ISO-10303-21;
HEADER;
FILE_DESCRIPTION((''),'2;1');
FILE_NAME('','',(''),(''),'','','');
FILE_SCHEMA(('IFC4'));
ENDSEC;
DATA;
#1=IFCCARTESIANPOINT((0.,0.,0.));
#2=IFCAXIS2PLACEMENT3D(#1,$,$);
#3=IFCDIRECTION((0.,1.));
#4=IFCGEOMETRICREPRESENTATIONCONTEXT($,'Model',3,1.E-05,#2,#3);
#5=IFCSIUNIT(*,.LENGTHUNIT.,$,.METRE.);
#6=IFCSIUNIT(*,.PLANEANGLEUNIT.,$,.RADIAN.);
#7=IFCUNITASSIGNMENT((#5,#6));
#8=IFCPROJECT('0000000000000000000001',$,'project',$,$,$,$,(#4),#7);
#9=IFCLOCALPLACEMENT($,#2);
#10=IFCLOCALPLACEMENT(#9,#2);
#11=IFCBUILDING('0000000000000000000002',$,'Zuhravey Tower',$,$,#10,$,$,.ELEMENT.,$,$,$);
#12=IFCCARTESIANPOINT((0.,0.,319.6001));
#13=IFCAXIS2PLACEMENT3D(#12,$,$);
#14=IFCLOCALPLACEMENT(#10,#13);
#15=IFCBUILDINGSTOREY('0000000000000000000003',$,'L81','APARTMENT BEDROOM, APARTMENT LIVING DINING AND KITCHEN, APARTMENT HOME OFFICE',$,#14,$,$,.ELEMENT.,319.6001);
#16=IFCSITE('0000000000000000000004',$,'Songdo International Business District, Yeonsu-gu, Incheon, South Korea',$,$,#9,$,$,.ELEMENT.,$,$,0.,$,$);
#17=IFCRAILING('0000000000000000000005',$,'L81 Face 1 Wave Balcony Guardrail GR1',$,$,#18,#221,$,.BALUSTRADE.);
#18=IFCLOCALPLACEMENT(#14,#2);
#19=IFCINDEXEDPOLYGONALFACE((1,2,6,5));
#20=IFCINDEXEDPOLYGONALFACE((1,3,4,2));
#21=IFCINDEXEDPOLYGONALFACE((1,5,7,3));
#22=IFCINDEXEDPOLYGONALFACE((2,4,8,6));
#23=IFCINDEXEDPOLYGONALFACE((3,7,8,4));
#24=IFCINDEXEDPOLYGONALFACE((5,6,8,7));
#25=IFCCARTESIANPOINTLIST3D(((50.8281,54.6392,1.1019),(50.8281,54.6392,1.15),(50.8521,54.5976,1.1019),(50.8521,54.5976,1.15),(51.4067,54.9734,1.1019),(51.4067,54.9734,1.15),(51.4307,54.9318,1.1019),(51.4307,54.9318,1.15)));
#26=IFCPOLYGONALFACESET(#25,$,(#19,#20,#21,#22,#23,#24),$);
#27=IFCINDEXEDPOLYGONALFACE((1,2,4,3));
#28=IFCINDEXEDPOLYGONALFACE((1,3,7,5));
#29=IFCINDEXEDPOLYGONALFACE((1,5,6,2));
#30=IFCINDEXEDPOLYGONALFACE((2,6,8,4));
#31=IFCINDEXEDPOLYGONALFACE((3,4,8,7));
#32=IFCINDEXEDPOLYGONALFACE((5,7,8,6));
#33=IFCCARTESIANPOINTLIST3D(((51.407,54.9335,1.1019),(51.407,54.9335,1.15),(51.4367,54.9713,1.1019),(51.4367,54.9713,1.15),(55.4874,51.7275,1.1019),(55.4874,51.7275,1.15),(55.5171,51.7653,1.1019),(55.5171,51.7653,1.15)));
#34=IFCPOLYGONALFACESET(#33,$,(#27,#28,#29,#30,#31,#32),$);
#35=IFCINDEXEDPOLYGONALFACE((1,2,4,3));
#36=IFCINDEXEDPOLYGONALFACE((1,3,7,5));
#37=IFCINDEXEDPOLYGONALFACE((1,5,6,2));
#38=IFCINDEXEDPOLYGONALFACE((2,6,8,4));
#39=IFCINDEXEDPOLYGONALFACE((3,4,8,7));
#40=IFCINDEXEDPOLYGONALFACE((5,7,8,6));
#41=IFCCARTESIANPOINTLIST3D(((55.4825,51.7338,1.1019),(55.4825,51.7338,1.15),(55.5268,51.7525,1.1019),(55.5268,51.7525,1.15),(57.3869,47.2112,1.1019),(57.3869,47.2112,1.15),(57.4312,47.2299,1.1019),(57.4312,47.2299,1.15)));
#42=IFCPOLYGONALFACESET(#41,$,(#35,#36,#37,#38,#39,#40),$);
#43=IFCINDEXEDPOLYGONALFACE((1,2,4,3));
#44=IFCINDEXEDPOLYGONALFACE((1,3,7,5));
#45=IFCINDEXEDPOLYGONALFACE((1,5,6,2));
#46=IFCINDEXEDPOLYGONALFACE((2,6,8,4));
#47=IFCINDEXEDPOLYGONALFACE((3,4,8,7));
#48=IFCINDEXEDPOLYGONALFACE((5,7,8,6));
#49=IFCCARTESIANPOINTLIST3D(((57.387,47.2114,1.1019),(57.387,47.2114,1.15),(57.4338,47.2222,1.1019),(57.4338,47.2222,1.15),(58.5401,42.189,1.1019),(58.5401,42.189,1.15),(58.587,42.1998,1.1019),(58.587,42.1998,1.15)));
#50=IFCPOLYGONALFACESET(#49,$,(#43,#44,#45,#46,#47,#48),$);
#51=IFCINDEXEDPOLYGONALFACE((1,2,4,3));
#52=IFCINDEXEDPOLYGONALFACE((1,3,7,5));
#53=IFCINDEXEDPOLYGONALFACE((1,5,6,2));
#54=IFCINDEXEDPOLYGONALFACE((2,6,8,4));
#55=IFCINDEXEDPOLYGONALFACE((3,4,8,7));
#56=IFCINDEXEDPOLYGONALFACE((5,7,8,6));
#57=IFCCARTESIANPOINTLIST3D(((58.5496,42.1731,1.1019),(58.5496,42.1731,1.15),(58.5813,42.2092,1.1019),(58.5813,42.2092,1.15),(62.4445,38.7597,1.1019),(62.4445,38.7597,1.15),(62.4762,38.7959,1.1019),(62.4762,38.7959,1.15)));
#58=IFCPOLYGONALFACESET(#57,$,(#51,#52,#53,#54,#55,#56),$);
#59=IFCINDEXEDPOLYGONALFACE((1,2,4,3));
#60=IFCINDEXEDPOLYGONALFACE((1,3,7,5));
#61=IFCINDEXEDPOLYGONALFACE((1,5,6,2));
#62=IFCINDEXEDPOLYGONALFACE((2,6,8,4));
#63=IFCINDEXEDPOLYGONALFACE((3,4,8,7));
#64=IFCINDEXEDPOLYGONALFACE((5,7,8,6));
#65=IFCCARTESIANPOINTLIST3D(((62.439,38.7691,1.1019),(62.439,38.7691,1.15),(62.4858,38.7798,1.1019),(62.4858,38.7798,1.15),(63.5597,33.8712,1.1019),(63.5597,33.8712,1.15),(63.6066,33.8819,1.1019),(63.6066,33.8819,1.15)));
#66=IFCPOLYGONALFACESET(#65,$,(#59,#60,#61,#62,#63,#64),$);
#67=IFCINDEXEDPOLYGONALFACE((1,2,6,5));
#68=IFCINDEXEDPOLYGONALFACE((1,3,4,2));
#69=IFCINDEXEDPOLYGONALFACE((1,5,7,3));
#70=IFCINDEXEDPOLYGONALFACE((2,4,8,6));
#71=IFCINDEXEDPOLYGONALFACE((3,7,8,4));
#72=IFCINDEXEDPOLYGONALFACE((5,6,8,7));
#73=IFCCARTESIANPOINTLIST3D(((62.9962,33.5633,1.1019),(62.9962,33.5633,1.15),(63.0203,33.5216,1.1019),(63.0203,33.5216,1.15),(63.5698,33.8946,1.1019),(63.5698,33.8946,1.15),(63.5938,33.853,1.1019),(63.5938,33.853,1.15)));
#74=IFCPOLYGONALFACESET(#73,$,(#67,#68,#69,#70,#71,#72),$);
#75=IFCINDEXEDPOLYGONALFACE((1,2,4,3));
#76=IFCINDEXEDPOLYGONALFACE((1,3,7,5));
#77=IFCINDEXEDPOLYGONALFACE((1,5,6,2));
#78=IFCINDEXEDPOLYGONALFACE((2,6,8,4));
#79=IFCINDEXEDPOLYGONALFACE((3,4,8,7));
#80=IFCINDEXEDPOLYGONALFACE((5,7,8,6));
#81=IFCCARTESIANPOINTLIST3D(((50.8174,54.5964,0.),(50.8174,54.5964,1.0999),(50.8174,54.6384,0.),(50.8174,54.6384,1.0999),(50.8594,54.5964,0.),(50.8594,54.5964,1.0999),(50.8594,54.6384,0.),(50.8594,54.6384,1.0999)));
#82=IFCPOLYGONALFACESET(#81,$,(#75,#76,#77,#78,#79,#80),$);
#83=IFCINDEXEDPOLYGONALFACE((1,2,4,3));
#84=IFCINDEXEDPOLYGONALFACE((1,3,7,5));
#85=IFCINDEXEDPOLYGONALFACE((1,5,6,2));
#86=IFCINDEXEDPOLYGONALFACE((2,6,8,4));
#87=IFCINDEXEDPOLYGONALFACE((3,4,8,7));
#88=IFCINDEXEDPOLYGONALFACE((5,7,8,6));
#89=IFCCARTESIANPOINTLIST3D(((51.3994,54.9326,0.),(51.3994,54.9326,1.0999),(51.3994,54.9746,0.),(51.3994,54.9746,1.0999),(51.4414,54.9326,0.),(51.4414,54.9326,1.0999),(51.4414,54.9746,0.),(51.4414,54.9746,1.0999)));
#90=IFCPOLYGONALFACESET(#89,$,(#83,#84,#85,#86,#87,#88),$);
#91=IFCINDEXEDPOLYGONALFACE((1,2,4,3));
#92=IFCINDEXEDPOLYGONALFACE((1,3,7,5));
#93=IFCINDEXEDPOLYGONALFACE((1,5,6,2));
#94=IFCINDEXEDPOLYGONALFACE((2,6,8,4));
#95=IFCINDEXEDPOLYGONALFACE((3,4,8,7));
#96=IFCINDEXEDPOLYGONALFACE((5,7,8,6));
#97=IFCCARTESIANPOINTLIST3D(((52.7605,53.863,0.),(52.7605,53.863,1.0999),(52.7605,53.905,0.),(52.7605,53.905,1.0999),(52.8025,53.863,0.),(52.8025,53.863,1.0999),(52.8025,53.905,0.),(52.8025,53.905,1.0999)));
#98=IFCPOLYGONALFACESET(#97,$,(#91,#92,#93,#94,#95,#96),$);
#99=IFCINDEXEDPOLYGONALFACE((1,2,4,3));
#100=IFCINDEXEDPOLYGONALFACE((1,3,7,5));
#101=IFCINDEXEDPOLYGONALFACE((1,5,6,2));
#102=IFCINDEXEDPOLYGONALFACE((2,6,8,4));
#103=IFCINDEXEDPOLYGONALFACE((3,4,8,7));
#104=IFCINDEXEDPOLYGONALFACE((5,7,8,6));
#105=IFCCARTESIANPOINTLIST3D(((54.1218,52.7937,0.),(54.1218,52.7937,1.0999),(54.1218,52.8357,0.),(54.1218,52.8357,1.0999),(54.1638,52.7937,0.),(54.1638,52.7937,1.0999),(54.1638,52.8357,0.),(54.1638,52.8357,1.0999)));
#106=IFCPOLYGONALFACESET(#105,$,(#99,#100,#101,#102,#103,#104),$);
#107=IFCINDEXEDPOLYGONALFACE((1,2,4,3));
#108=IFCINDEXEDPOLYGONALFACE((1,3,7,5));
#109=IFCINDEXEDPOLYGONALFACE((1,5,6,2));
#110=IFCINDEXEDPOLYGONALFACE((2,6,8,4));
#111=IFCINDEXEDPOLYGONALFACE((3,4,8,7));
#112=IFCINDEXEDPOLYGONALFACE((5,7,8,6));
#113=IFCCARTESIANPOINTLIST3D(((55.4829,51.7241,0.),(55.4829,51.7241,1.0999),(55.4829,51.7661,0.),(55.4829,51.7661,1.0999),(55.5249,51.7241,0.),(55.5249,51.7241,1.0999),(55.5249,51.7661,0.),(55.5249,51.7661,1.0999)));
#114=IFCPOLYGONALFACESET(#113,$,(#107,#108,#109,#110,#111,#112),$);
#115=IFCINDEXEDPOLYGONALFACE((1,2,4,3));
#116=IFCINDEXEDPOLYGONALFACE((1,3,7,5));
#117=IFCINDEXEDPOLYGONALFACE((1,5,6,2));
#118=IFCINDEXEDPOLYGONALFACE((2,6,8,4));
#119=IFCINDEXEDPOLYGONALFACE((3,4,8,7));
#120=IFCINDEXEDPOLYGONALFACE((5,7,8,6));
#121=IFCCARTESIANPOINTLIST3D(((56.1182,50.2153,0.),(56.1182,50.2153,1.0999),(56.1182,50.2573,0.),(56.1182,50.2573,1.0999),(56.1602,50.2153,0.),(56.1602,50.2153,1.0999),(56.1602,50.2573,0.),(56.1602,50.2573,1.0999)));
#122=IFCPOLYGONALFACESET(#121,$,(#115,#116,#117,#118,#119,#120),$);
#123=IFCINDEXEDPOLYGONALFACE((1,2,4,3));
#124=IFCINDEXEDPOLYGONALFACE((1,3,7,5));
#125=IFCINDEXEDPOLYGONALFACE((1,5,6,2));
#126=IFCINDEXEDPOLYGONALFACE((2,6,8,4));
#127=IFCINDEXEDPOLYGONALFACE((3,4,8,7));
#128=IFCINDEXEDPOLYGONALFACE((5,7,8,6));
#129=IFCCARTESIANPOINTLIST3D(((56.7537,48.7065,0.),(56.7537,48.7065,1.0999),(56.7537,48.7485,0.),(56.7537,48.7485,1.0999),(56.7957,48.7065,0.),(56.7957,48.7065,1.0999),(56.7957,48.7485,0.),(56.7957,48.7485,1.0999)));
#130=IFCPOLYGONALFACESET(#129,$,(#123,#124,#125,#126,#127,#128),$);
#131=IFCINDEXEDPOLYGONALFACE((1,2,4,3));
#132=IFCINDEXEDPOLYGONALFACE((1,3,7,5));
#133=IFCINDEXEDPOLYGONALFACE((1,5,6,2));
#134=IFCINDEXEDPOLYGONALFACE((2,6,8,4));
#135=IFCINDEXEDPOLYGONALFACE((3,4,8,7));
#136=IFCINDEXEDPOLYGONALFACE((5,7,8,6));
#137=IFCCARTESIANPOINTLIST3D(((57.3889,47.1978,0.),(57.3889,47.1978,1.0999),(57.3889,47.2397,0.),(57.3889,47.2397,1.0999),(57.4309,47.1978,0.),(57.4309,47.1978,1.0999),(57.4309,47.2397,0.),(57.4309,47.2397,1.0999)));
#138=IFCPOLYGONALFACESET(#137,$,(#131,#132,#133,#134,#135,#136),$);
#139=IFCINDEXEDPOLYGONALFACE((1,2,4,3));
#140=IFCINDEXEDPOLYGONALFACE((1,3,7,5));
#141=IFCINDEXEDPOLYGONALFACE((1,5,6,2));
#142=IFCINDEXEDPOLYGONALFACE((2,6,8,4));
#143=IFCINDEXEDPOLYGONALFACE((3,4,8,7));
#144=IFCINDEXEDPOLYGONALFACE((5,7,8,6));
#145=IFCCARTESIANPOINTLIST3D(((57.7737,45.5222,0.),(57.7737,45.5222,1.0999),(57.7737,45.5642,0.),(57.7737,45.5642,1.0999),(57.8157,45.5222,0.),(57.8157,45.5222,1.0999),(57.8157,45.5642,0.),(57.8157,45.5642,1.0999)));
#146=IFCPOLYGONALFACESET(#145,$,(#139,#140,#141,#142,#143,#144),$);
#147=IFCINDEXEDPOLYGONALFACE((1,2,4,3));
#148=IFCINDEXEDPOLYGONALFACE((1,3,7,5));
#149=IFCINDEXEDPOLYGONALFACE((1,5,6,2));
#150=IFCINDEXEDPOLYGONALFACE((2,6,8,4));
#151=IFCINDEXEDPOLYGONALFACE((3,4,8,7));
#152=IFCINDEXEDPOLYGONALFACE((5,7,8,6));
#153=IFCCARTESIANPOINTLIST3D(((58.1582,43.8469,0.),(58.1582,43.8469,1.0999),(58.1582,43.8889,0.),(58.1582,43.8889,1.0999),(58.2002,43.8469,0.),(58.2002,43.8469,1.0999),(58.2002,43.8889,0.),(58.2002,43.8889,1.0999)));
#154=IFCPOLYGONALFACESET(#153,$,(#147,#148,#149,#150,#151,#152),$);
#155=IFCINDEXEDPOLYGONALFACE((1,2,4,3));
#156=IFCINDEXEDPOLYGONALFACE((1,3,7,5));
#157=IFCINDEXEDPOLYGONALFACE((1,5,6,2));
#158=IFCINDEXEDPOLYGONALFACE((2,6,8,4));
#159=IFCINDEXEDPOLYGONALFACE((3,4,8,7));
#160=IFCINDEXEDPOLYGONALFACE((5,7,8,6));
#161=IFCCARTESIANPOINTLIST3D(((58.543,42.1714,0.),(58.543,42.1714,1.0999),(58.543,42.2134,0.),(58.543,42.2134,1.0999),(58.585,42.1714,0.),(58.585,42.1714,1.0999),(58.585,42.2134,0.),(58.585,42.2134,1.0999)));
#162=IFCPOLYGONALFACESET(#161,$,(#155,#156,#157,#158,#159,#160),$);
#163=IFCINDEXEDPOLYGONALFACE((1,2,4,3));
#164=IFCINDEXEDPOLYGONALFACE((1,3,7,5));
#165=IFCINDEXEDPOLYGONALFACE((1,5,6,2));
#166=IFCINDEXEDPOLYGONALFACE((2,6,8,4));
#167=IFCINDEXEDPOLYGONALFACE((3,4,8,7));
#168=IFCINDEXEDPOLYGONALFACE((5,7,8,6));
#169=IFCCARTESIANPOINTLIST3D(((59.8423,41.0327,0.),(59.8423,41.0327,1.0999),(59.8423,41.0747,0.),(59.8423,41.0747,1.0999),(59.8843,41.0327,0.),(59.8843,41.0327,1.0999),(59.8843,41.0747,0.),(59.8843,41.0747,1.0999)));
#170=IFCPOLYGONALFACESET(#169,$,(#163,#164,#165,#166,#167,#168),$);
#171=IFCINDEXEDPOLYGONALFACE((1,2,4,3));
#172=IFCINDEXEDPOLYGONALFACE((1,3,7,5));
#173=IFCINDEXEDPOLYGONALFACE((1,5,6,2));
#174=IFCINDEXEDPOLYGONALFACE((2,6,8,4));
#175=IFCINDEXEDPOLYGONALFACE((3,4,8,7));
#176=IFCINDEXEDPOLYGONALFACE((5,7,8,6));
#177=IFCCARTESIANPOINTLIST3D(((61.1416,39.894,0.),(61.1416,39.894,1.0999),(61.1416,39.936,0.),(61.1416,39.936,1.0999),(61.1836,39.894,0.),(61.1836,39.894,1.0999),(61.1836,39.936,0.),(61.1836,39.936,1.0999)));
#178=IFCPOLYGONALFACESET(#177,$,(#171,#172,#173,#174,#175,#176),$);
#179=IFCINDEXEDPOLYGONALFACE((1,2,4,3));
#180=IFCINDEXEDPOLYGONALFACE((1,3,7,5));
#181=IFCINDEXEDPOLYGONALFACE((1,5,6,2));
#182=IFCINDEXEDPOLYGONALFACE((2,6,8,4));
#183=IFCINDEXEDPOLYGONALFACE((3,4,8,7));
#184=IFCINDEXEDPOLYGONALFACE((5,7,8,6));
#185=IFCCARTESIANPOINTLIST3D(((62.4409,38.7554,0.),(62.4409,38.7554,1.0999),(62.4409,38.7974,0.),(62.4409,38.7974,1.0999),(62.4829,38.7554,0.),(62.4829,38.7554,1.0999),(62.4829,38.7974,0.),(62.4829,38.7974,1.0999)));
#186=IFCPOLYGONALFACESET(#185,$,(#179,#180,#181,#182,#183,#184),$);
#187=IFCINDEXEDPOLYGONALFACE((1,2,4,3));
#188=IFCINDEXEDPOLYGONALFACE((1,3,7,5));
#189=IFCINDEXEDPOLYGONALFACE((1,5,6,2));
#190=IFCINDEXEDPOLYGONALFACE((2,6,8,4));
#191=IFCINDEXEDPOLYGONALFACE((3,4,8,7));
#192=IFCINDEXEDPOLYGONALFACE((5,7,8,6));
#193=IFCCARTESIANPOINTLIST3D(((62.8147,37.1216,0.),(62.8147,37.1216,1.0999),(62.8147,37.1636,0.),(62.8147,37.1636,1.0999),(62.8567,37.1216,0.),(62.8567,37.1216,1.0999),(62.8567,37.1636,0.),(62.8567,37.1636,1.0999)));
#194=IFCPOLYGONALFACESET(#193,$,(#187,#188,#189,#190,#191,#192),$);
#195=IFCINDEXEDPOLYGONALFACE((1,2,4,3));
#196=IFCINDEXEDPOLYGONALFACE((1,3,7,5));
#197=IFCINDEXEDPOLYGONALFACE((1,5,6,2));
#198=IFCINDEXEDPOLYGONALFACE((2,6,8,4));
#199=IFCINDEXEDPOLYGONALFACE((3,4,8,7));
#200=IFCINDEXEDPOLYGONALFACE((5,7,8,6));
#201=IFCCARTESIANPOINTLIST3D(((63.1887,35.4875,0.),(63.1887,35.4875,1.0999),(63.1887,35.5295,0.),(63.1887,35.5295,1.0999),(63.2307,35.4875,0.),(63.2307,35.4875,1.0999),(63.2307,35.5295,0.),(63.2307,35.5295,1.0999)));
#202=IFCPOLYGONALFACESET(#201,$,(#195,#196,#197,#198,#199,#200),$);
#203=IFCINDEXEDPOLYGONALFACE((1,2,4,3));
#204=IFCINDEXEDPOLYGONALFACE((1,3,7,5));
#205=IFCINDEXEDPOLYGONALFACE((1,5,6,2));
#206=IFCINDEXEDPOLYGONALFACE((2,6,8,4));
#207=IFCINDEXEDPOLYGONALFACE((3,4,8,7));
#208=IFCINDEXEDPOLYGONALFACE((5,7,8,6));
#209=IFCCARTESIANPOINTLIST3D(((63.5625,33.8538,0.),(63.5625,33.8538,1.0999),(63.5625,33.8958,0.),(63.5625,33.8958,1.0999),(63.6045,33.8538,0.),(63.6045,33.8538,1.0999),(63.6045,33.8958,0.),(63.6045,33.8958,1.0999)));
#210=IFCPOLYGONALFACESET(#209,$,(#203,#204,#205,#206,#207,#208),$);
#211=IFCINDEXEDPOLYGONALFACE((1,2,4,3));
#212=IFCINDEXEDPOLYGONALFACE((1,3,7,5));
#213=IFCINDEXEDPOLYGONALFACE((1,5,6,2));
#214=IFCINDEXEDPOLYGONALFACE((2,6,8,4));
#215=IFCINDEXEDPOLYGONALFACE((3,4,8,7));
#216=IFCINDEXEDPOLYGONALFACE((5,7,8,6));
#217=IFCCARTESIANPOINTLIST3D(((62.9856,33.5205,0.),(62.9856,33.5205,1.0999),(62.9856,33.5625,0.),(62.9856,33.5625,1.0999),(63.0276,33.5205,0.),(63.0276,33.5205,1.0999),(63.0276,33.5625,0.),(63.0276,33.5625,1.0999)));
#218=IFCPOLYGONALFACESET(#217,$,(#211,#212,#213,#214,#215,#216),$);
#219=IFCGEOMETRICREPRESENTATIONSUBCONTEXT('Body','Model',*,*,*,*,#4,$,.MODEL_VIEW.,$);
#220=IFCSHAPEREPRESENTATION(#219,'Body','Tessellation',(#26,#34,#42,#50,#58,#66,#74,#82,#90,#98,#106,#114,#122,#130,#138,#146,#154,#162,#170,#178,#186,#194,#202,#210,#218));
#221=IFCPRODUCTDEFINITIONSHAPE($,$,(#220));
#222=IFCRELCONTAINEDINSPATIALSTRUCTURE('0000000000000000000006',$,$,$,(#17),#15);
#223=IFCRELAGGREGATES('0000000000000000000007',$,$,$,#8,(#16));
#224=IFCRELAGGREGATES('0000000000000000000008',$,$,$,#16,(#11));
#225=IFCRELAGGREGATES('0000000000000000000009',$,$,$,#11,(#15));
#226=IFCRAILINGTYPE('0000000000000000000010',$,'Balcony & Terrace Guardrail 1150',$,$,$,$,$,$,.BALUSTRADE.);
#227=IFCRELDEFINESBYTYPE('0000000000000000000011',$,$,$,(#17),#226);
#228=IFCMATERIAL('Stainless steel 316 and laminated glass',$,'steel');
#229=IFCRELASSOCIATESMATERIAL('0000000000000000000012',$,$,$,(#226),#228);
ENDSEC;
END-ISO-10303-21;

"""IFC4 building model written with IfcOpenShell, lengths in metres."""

from ifc_helpers import new_model, si_unit, direction, frame, origin, origin_2d, place, context, subcontext, project, spatial, rectangle, extrude, material, type_object, element, save


model = new_model("IFC4")

# Units and contexts
model_context = context("Model", 3, precision=1e-05, world=origin(), true_north=direction((0.0, 1.0)))
body_context = subcontext(model_context, "Body", "Model", "MODEL_VIEW")
ifc_project = project(units=[si_unit("LENGTHUNIT", "METRE"), si_unit("PLANEANGLEUNIT", "RADIAN")], contexts=[model_context])

# Site, building, storey
site_placement = place(None, origin())
site = spatial("IfcSite", under=ifc_project, at=site_placement, Name="Songdo International Business District, Yeonsu-gu, Incheon, South Korea", CompositionType="ELEMENT", RefElevation=0.0)
building_placement = place(site_placement, origin())
building = spatial("IfcBuilding", under=site, at=building_placement, Name="Zuhravey Tower", CompositionType="ELEMENT")
storey_placement = place(building_placement, frame((0.0, 0.0, 319.6001)))
storey = spatial("IfcBuildingStorey", under=building, at=storey_placement, Name="L81", Description="APARTMENT BEDROOM, APARTMENT LIVING DINING AND KITCHEN, APARTMENT HOME OFFICE", CompositionType="ELEMENT", Elevation=319.6001)

# Railing
ifc_material_1 = material(Name="Stainless steel 316 and laminated glass", Category="steel")
railing_type = type_object("IfcRailingType", Name="Balcony & Terrace Guardrail 1150", PredefinedType="BALUSTRADE", material=ifc_material_1)
railing_placement = place(storey_placement, frame((50.8384, 54.6174, 0.0)))
element("IfcRailing", 1, at=railing_placement, inside=storey, type_object=railing_type, Name="L81 Face 1 Wave Balcony Guardrail GR1", PredefinedType="BALUSTRADE", context=body_context, shape_type="SweptSolid", body=[
    extrude(rectangle(XDim=0.0481, YDim=0.0481, at=origin_2d()), frame((0.0017, 0.001, 1.126), z_axis=(0.865931, 0.500163, 0.0), x_axis=(-0.500163, 0.865931, 0.0)), (0.0, 0.0, 1.0), 0.6682),
    extrude(rectangle(XDim=0.0481, YDim=0.0481, at=origin_2d()), frame((0.5835, 0.335, 1.126), z_axis=(0.786315, -0.617826, 0.0), x_axis=(0.617826, 0.786315, 0.0)), (0.0, 0.0, 1.0), 5.1892),
    extrude(rectangle(XDim=0.0481, YDim=0.0481, at=origin_2d()), frame((4.6663, -2.8743, 1.126), z_axis=(0.388086, -0.921623, 0.0), x_axis=(0.921623, 0.388086, 0.0)), (0.0, 0.0, 1.0), 4.9072),
    extrude(rectangle(XDim=0.0481, YDim=0.0481, at=origin_2d()), frame((6.572, -7.4006, 1.126), z_axis=(0.223777, -0.97464, 0.0), x_axis=(0.97464, 0.223777, 0.0)), (0.0, 0.0, 1.0), 5.1531),
    extrude(rectangle(XDim=0.0481, YDim=0.0481, at=origin_2d()), frame((7.7271, -12.4263, 1.126), z_axis=(0.752069, -0.659085, 0.0), x_axis=(0.659085, 0.752069, 0.0)), (0.0, 0.0, 1.0), 5.179),
    extrude(rectangle(XDim=0.0481, YDim=0.0481, at=origin_2d()), frame((11.624, -15.843, 1.126), z_axis=(0.223054, -0.974806, 0.0), x_axis=(0.974806, 0.223054, 0.0)), (0.0, 0.0, 1.0), 5.0244),
    extrude(rectangle(XDim=0.0481, YDim=0.0481, at=origin_2d()), frame((12.7434, -20.7437, 1.126), z_axis=(-0.865911, -0.500198, 0.0), x_axis=(0.500198, -0.865911, 0.0)), (0.0, 0.0, 1.0), 0.6624),
    extrude(rectangle(XDim=0.042, YDim=0.042, at=origin_2d()), origin(), (0.0, 0.0, 1.0), 1.0999),
    extrude(rectangle(XDim=0.042, YDim=0.042, at=origin_2d()), frame((0.582, 0.3362, 0.0)), (0.0, 0.0, 1.0), 1.0999),
    extrude(rectangle(XDim=0.042, YDim=0.042, at=origin_2d()), frame((1.9431, -0.7334, 0.0)), (0.0, 0.0, 1.0), 1.0999),
    extrude(rectangle(XDim=0.042, YDim=0.042, at=origin_2d()), frame((3.3044, -1.8027, 0.0)), (0.0, 0.0, 1.0), 1.0999),
    extrude(rectangle(XDim=0.042, YDim=0.042, at=origin_2d()), frame((4.6655, -2.8723, 0.0)), (0.0, 0.0, 1.0), 1.0999),
    extrude(rectangle(XDim=0.042, YDim=0.042, at=origin_2d()), frame((5.3008, -4.3811, 0.0)), (0.0, 0.0, 1.0), 1.0999),
    extrude(rectangle(XDim=0.042, YDim=0.042, at=origin_2d()), frame((5.9363, -5.8899, 0.0)), (0.0, 0.0, 1.0), 1.0999),
    extrude(rectangle(XDim=0.042, YDim=0.042, at=origin_2d()), frame((6.5715, -7.3987, 0.0)), (0.0, 0.0, 1.0), 1.0999),
    extrude(rectangle(XDim=0.042, YDim=0.042, at=origin_2d()), frame((6.9563, -9.0742, 0.0)), (0.0, 0.0, 1.0), 1.0999),
    extrude(rectangle(XDim=0.042, YDim=0.042, at=origin_2d()), frame((7.3408, -10.7495, 0.0)), (0.0, 0.0, 1.0), 1.0999),
    extrude(rectangle(XDim=0.042, YDim=0.042, at=origin_2d()), frame((7.7256, -12.425, 0.0)), (0.0, 0.0, 1.0), 1.0999),
    extrude(rectangle(XDim=0.042, YDim=0.042, at=origin_2d()), frame((9.0249, -13.5637, 0.0)), (0.0, 0.0, 1.0), 1.0999),
    extrude(rectangle(XDim=0.042, YDim=0.042, at=origin_2d()), frame((10.3242, -14.7024, 0.0)), (0.0, 0.0, 1.0), 1.0999),
    extrude(rectangle(XDim=0.042, YDim=0.042, at=origin_2d()), frame((11.6235, -15.8411, 0.0)), (0.0, 0.0, 1.0), 1.0999),
    extrude(rectangle(XDim=0.042, YDim=0.042, at=origin_2d()), frame((11.9973, -17.4749, 0.0)), (0.0, 0.0, 1.0), 1.0999),
    extrude(rectangle(XDim=0.042, YDim=0.042, at=origin_2d()), frame((12.3713, -19.1089, 0.0)), (0.0, 0.0, 1.0), 1.0999),
    extrude(rectangle(XDim=0.042, YDim=0.042, at=origin_2d()), frame((12.7451, -20.7427, 0.0)), (0.0, 0.0, 1.0), 1.0999),
    extrude(rectangle(XDim=0.042, YDim=0.042, at=origin_2d()), frame((12.1682, -21.0759, 0.0)), (0.0, 0.0, 1.0), 1.0999),
])

save(model, "model.ifc")
